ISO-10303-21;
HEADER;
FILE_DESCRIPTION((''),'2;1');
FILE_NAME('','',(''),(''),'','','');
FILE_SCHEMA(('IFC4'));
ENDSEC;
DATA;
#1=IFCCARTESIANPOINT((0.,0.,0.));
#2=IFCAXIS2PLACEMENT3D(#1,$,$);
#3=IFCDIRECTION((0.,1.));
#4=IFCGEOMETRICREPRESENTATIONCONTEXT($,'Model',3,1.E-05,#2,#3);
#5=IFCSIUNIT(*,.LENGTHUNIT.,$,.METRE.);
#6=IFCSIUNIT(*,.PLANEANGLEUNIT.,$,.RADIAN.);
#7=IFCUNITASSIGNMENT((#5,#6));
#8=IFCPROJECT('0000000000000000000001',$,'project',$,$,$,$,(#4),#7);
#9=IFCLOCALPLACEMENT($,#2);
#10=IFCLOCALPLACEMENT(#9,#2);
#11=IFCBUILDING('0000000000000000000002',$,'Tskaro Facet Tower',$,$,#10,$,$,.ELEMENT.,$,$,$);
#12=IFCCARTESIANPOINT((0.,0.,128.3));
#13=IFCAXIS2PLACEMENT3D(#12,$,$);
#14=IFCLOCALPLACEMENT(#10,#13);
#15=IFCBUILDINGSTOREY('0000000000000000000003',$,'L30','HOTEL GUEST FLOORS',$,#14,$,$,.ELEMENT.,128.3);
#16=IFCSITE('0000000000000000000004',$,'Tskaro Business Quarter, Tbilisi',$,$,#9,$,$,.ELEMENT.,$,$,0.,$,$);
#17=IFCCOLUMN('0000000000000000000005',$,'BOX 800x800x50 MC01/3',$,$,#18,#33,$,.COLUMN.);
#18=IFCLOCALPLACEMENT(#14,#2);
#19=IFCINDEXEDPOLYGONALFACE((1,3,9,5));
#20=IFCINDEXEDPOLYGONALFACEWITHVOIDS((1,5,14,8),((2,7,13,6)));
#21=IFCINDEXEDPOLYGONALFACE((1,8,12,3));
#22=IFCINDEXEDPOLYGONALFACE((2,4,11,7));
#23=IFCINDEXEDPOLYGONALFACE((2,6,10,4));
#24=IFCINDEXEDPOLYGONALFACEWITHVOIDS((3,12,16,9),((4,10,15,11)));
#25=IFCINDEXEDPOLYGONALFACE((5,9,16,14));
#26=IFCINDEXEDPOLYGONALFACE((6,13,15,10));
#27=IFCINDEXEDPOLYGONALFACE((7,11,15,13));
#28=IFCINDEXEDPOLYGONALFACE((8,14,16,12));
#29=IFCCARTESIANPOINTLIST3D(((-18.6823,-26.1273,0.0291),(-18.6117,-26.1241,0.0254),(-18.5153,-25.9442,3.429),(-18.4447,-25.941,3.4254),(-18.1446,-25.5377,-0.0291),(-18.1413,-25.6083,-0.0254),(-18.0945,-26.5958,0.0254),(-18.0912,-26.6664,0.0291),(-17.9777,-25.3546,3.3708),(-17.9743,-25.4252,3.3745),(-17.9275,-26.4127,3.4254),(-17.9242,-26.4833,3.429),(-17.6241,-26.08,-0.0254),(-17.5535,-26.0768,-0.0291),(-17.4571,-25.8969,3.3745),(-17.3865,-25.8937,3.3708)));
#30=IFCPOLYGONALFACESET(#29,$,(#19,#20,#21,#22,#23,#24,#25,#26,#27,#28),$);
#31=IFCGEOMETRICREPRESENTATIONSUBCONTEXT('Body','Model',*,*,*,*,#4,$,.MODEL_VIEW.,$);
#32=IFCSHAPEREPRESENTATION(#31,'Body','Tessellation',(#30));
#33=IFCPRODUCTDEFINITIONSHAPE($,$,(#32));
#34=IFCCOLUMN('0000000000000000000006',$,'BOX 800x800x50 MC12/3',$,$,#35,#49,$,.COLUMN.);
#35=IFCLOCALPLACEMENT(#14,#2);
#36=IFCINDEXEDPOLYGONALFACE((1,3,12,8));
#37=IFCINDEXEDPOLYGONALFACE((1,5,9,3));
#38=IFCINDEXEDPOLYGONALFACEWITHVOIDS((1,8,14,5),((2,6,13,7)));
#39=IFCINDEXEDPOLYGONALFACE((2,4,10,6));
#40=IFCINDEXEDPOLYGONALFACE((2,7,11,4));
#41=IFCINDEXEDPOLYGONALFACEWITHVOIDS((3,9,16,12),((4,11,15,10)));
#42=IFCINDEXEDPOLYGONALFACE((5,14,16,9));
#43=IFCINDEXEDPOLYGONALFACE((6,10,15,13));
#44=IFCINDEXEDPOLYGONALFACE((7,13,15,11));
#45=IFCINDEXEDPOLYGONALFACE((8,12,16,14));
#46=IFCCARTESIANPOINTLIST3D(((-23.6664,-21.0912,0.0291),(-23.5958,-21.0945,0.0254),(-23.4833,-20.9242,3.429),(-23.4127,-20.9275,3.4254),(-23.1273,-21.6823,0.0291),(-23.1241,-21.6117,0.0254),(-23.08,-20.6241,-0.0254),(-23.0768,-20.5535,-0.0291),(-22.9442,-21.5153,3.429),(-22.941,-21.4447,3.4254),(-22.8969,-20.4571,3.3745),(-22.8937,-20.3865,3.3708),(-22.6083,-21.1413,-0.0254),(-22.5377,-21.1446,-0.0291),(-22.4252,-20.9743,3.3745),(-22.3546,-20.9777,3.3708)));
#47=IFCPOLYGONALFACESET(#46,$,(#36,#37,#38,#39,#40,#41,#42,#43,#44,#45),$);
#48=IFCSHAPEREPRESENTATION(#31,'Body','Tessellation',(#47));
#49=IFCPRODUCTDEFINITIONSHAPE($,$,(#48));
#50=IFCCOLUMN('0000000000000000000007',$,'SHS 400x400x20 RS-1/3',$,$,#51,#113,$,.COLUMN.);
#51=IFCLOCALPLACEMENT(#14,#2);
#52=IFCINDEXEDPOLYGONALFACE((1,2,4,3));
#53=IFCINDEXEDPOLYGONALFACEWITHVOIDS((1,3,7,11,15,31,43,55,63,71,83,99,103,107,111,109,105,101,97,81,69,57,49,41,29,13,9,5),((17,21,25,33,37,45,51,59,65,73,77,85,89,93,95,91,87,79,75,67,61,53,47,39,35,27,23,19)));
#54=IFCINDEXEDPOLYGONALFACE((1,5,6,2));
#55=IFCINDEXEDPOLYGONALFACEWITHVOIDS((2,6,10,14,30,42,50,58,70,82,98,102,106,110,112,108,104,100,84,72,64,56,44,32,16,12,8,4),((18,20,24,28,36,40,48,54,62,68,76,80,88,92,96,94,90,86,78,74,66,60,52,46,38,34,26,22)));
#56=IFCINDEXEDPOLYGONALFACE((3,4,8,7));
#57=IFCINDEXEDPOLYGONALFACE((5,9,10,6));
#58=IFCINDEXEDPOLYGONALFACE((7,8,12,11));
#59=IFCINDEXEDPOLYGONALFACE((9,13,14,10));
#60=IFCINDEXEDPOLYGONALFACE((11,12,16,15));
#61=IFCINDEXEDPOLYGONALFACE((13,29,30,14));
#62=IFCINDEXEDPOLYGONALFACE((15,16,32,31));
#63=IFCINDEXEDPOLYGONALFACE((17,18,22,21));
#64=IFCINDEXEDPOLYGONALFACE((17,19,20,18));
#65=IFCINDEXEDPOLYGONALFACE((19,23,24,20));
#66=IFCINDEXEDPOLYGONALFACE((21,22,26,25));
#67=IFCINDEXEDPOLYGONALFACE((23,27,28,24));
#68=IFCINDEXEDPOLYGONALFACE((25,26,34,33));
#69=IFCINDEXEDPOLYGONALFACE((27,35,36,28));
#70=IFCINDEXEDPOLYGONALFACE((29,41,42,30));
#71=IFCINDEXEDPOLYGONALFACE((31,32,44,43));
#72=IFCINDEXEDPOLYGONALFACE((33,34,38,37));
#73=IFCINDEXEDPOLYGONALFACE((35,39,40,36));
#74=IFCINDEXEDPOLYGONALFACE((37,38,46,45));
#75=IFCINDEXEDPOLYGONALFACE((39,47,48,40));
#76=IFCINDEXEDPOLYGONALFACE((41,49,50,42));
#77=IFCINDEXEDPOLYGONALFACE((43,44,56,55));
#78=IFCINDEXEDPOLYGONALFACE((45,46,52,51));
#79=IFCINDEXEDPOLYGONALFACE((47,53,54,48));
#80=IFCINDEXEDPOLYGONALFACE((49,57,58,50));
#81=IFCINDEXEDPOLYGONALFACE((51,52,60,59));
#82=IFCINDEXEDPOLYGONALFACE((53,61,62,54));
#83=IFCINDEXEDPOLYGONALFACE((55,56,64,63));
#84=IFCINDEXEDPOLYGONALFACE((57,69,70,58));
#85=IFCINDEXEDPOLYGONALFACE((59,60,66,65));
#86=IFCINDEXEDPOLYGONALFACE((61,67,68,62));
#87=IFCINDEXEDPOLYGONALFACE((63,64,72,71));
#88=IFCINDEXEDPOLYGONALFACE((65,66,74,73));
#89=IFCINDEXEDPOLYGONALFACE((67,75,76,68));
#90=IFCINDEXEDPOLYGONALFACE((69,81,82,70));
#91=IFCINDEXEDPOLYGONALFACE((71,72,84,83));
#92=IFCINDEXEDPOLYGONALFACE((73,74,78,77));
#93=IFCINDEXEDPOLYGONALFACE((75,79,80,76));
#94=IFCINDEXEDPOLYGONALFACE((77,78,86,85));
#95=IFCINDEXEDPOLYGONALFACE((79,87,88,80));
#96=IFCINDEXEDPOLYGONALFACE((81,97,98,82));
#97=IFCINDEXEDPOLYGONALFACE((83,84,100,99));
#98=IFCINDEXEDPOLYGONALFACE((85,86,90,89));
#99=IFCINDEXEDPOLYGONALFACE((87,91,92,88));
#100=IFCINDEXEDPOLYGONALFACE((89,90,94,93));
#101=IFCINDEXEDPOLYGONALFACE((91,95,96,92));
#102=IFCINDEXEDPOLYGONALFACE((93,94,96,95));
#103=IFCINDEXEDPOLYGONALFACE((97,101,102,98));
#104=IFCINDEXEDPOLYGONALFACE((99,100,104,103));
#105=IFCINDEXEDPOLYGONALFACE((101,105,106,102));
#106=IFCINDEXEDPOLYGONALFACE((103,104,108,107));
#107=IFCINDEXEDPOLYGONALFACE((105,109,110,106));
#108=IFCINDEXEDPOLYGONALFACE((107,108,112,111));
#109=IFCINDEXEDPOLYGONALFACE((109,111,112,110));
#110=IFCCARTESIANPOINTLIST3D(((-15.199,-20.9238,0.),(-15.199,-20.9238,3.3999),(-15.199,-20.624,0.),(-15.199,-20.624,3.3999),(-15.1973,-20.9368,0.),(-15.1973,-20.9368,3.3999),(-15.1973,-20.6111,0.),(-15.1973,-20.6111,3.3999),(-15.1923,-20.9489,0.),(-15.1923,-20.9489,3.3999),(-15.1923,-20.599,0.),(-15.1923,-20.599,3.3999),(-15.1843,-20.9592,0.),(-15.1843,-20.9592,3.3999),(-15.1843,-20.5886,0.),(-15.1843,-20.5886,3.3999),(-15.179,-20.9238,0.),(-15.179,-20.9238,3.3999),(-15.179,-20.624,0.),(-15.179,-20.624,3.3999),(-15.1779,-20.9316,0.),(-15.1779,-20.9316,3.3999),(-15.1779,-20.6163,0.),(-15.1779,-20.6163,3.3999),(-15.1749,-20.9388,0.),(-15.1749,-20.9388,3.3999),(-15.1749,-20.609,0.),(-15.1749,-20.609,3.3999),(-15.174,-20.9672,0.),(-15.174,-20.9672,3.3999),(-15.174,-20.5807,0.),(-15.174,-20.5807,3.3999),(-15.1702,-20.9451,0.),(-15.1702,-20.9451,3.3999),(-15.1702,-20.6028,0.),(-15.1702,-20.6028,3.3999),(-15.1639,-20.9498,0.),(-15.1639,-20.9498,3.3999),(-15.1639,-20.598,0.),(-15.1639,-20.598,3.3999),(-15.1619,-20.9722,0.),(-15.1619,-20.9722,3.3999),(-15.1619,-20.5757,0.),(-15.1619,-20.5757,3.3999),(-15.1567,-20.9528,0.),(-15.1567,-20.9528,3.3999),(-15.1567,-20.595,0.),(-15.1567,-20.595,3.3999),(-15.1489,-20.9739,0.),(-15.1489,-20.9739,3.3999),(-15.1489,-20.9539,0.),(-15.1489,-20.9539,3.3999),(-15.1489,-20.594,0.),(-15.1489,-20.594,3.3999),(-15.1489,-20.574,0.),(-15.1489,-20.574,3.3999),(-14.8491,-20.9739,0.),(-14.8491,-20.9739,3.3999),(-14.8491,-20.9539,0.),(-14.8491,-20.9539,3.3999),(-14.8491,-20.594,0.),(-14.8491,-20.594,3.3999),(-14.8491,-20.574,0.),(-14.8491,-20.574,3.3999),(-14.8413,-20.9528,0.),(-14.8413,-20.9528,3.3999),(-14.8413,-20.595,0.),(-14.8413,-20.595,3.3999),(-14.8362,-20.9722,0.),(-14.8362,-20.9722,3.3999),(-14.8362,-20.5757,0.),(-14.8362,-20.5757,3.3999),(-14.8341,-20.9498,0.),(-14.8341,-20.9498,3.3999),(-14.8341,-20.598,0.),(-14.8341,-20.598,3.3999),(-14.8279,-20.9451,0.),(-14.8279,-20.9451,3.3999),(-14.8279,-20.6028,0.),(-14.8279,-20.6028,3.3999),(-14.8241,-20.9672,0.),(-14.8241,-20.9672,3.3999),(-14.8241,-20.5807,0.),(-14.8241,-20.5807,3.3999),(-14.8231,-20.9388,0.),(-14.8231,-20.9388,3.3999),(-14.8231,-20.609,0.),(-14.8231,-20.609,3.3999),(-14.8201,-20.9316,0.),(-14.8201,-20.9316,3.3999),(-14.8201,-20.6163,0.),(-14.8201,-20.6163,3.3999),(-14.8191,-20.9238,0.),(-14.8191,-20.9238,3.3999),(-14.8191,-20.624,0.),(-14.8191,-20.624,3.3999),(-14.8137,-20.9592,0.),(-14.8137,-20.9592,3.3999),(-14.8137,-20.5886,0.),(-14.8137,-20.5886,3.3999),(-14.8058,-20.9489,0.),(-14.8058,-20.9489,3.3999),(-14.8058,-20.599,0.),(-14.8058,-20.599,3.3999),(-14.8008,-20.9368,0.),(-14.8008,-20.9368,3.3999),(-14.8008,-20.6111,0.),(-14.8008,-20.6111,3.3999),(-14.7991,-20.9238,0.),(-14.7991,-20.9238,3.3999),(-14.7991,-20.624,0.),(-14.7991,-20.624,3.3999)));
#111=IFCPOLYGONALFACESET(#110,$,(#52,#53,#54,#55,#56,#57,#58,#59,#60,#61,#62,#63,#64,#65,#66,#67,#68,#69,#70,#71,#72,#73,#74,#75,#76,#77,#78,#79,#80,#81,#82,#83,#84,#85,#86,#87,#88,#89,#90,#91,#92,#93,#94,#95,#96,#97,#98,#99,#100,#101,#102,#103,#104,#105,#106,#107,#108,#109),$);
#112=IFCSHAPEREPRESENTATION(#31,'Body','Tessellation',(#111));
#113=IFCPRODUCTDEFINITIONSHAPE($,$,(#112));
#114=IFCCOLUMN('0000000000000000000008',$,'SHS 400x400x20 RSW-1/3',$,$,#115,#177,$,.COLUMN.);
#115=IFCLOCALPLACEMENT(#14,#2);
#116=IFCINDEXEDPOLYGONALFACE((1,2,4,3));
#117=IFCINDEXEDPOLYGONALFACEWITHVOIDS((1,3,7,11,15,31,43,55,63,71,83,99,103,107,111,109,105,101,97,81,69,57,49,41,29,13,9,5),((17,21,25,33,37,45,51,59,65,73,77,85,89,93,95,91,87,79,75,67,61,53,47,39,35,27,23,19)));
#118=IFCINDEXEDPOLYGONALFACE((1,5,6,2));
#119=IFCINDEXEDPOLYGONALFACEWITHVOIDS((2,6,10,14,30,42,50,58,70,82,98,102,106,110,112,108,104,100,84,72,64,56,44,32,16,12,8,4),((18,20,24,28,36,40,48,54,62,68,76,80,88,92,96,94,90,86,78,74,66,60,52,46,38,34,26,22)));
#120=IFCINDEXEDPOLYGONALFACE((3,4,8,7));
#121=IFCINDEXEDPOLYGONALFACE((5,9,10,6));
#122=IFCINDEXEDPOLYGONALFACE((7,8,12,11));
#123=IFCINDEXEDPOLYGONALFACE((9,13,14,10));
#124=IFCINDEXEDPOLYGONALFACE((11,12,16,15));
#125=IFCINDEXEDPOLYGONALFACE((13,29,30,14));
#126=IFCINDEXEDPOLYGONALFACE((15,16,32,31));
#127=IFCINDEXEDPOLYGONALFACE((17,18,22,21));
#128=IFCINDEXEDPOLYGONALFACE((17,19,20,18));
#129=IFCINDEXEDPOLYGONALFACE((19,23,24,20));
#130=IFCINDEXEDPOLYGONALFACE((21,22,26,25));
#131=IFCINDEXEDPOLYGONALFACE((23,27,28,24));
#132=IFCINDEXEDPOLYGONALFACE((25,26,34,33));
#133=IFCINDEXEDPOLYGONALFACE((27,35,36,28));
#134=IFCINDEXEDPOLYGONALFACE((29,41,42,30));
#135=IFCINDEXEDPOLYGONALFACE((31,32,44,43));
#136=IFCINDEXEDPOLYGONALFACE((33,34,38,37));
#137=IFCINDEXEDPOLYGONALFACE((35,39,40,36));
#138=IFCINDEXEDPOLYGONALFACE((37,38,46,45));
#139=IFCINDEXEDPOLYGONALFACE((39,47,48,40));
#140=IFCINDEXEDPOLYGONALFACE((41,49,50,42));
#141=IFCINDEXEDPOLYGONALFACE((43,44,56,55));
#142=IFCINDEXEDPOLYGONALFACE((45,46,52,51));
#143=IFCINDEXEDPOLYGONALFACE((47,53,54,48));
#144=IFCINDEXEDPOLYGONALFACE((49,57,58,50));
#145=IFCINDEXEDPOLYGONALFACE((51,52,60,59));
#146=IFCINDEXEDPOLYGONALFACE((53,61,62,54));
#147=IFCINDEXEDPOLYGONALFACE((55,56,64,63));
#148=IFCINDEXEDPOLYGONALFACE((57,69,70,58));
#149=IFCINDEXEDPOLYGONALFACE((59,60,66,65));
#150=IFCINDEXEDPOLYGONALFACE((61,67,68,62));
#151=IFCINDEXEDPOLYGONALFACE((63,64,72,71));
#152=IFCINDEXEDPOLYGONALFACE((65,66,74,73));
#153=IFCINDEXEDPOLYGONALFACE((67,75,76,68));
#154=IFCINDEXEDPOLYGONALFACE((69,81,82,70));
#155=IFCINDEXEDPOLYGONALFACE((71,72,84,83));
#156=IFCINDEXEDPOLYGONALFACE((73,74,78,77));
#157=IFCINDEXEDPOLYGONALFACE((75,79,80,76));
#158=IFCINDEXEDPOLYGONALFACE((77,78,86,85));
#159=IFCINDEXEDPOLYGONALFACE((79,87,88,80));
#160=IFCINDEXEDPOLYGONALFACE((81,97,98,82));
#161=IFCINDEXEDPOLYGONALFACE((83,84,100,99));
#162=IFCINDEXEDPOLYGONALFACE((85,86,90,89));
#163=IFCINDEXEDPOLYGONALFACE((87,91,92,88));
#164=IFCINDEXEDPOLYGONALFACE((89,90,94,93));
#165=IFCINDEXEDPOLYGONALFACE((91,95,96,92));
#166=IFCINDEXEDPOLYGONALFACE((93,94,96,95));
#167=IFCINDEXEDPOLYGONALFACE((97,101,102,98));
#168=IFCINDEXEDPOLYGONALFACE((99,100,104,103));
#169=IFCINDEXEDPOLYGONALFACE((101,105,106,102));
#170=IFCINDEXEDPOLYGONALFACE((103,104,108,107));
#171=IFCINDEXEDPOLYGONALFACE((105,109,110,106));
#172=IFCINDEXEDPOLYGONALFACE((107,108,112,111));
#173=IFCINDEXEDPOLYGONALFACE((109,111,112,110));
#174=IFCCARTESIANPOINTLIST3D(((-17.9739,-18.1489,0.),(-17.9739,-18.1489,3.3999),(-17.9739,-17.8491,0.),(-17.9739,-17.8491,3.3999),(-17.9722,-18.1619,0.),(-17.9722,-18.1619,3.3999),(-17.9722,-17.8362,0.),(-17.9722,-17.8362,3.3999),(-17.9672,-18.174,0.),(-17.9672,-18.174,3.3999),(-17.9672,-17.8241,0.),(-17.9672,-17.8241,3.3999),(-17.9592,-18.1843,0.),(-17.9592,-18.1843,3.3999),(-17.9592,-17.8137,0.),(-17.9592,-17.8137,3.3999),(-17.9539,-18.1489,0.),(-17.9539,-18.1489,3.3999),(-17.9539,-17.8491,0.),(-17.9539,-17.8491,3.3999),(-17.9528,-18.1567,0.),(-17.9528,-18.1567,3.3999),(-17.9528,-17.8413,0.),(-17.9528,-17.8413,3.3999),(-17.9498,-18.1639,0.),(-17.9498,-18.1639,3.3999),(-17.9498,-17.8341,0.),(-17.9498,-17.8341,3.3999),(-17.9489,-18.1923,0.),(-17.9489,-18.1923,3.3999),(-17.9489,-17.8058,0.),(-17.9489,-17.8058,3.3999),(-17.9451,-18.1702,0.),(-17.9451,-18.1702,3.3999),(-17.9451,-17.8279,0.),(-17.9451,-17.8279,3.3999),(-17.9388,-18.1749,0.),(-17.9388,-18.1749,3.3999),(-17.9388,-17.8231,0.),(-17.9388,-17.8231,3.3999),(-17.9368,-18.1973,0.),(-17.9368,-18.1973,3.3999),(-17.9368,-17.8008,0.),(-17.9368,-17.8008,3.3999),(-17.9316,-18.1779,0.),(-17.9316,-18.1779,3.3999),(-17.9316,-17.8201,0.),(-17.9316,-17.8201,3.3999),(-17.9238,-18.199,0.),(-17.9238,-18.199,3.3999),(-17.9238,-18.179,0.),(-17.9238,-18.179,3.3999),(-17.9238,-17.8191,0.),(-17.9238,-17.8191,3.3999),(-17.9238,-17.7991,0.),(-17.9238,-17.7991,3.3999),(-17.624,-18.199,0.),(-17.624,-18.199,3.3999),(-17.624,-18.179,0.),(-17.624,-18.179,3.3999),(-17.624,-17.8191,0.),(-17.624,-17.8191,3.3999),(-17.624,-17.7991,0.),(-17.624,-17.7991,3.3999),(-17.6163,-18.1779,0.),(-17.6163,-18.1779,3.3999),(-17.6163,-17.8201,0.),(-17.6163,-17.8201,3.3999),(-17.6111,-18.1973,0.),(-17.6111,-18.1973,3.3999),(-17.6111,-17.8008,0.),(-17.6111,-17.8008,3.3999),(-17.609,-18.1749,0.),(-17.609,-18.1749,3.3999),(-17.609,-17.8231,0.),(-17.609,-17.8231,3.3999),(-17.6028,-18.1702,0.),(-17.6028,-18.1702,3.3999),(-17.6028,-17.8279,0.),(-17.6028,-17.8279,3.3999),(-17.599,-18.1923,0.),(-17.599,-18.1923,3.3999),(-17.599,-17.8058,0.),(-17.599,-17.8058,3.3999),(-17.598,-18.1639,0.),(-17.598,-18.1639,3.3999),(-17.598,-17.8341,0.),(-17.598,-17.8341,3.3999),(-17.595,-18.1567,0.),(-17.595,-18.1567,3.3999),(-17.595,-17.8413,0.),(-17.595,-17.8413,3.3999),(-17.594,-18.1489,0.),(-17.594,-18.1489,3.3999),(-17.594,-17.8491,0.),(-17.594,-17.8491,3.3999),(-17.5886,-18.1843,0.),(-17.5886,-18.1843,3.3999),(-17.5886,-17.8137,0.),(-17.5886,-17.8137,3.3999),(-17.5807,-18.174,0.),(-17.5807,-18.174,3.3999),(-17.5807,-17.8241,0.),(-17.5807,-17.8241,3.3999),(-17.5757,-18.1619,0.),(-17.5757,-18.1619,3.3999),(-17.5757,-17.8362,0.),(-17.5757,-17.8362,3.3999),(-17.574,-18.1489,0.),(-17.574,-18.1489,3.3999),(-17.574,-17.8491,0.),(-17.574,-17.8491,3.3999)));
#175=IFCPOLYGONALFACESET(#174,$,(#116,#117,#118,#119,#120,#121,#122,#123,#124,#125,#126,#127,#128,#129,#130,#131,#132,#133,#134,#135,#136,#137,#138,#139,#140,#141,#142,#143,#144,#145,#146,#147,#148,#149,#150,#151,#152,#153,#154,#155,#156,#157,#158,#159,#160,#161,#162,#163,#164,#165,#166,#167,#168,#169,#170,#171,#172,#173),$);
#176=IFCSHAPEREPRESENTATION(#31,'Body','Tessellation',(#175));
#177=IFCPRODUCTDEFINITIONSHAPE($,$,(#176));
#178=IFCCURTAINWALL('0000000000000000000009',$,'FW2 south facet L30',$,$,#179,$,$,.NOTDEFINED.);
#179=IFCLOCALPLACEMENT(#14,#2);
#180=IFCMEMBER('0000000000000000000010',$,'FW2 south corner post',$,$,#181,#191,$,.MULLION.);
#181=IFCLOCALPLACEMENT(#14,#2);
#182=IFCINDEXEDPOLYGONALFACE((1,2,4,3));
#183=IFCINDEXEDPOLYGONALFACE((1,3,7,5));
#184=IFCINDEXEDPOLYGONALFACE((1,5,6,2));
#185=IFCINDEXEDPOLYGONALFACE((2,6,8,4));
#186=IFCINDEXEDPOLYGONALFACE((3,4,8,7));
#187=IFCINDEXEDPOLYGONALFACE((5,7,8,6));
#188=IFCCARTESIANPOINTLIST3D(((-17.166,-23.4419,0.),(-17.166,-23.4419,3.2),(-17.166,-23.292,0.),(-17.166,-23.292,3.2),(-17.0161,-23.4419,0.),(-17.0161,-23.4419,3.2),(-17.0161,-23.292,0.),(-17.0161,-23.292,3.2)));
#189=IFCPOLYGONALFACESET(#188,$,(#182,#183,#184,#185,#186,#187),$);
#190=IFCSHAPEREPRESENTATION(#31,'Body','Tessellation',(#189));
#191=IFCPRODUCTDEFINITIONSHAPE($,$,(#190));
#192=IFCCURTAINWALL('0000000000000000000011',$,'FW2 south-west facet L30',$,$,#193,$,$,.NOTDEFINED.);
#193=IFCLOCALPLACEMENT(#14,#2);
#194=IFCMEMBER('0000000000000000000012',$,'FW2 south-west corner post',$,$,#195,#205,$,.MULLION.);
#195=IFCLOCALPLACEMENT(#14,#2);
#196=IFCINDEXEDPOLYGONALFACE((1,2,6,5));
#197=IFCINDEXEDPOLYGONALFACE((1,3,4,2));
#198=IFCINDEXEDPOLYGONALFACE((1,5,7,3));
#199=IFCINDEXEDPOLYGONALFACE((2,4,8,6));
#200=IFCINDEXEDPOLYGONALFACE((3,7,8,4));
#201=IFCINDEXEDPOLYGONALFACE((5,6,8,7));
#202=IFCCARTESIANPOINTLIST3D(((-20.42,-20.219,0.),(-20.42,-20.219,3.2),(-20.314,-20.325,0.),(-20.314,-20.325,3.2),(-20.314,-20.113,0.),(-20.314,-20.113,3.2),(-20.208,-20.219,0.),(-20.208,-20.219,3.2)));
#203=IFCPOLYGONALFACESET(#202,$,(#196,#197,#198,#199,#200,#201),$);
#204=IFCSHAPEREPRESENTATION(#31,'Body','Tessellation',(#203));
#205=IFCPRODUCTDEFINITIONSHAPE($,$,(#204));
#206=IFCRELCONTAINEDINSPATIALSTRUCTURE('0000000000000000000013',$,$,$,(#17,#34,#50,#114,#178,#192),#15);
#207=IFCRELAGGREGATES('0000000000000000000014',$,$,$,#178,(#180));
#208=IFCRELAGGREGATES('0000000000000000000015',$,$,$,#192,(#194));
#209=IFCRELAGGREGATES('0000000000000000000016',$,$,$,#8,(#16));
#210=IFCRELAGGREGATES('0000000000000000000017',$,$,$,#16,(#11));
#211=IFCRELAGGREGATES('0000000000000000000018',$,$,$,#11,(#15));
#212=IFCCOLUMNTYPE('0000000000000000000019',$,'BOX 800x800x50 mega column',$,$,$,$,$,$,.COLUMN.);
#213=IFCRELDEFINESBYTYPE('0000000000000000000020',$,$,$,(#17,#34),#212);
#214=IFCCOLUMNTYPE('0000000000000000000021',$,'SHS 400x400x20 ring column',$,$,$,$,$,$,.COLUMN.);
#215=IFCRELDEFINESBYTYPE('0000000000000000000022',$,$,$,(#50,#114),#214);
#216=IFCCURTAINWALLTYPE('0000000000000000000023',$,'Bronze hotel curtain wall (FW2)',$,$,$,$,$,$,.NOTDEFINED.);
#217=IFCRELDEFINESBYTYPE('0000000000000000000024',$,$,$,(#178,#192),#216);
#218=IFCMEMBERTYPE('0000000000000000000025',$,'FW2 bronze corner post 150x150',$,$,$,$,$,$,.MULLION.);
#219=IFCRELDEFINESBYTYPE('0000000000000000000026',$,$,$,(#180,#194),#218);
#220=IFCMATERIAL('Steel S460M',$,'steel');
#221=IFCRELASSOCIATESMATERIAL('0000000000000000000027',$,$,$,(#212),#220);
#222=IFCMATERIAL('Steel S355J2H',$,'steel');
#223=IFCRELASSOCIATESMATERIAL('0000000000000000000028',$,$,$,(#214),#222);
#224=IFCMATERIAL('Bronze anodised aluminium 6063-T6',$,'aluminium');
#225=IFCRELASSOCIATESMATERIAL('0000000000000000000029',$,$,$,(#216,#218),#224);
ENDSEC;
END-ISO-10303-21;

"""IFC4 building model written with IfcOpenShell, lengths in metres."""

from ifc_helpers import new_model, si_unit, direction, frame, origin, origin_2d, place, context, subcontext, project, spatial, rectangle, hollow_rectangle, extrude, material, material_profile, profile_set, type_object, element, aggregate, save


model = new_model("IFC4")

# Units and contexts
model_context = context("Model", 3, precision=1e-05, world=origin(), true_north=direction((0.0, 1.0)))
body_context = subcontext(model_context, "Body", "Model", "MODEL_VIEW")
ifc_project = project(units=[si_unit("LENGTHUNIT", "METRE"), si_unit("PLANEANGLEUNIT", "RADIAN")], contexts=[model_context])

# Site, building, storey
site_placement = place(None, origin())
site = spatial("IfcSite", under=ifc_project, at=site_placement, Name="Tskaro Business Quarter, Tbilisi", CompositionType="ELEMENT", RefElevation=0.0)
building_placement = place(site_placement, origin())
building = spatial("IfcBuilding", under=site, at=building_placement, Name="Tskaro Facet Tower", CompositionType="ELEMENT")
storey_placement = place(building_placement, frame((0.0, 0.0, 128.3)))
storey = spatial("IfcBuildingStorey", under=building, at=storey_placement, Name="L30", Description="HOTEL GUEST FLOORS", CompositionType="ELEMENT", Elevation=128.3)

# Columns
ifc_material_1 = material(Name="Steel S460M", Category="steel")
ifc_material_profile_1 = material_profile(ifc_material_1, hollow_rectangle(XDim=0.8, YDim=0.8, WallThickness=0.05, at=origin_2d()), Name="BOX 800x800x50")
ifc_profile_set_1 = profile_set([ifc_material_profile_1], Name="Steel S460M")
column_type_1 = type_object("IfcColumnType", Name="BOX 800x800x50 mega column", PredefinedType="COLUMN", material=ifc_profile_set_1)
for number, where, z_axis, x_axis, name in (
    (1, (-18.1179, -26.1021, 0.0), (0.048987, 0.053714, 0.997354), (-0.738869, 0.673849, 0.0), "BOX 800x800x50 MC01/3"),
    (2, (-23.1021, -21.1179, 0.0), (0.053714, 0.048987, 0.997354), (-0.673849, 0.738869, 0.0), "BOX 800x800x50 MC12/3"),
):
    element("IfcColumn", number, at=place(storey_placement, frame(where, z_axis=z_axis, x_axis=x_axis)), inside=storey, type_object=column_type_1, Name=name, PredefinedType="COLUMN", context=body_context, shape_type="SweptSolid", body=[
        extrude(hollow_rectangle(XDim=0.8, YDim=0.8, WallThickness=0.05, at=origin_2d()), origin(), (0.0, 0.0, 1.0), 3.4089),
    ])
ifc_material_2 = material(Name="Steel S355J2H", Category="steel")
ifc_material_profile_2 = material_profile(ifc_material_2, hollow_rectangle(XDim=0.3999, YDim=0.3999, WallThickness=0.02, InnerFilletRadius=0.03, OuterFilletRadius=0.05, at=origin_2d()), Name="SHS 400x400x20")
ifc_profile_set_2 = profile_set([ifc_material_profile_2], Name="Steel S355J2H")
column_type_2 = type_object("IfcColumnType", Name="SHS 400x400x20 ring column", PredefinedType="COLUMN", material=ifc_profile_set_2)
for number, where, z_axis, x_axis, name in (
    (3, (-14.999, -20.7739, 0.0), (0.0, 0.0, 1.0), (1.0, 0.0, 0.0), "SHS 400x400x20 RS-1/3"),
    (4, (-17.7739, -17.999, 0.0), (0.0, 0.0, 1.0), (1.0, 0.0, 0.0), "SHS 400x400x20 RSW-1/3"),
):
    element("IfcColumn", number, at=place(storey_placement, frame(where, z_axis=z_axis, x_axis=x_axis)), inside=storey, type_object=column_type_2, Name=name, PredefinedType="COLUMN", context=body_context, shape_type="SweptSolid", body=[
        extrude(hollow_rectangle(XDim=0.3999, YDim=0.3999, WallThickness=0.02, InnerFilletRadius=0.03, OuterFilletRadius=0.05, at=origin_2d()), origin(), (0.0, 0.0, 1.0), 3.3999),
    ])

# Curtain walls, members
ifc_material_3 = material(Name="Bronze anodised aluminium 6063-T6", Category="aluminium")
curtain_wall_type = type_object("IfcCurtainWallType", Name="Bronze hotel curtain wall (FW2)", PredefinedType="NOTDEFINED", material=ifc_material_3)
curtain_wall_1_placement = place(storey_placement, origin())
curtain_wall_1 = element("IfcCurtainWall", 5, at=curtain_wall_1_placement, inside=storey, type_object=curtain_wall_type, Name="FW2 south facet L30", PredefinedType="NOTDEFINED")
ifc_material_profile_3 = material_profile(ifc_material_3, rectangle(XDim=0.1499, YDim=0.1499, at=origin_2d()), Name="Corner post 150x150")
ifc_profile_set_3 = profile_set([ifc_material_profile_3], Name="Bronze anodised aluminium 6063-T6")
member_type_1 = type_object("IfcMemberType", Name="FW2 bronze corner post 150x150", PredefinedType="MULLION", material=ifc_profile_set_3)
member_1_placement = place(storey_placement, frame((-17.0911, -23.3669, 0.0), z_axis=(0.0, 0.0, 1.0), x_axis=(1.0, 0.0, 0.0)))
member_1 = element("IfcMember", 6, at=member_1_placement, type_object=member_type_1, Name="FW2 south corner post", PredefinedType="MULLION", context=body_context, shape_type="SweptSolid", body=[
    extrude(rectangle(XDim=0.1499, YDim=0.1499, at=origin_2d()), origin(), (0.0, 0.0, 1.0), 3.2),
])
curtain_wall_2_placement = place(storey_placement, origin())
curtain_wall_2 = element("IfcCurtainWall", 7, at=curtain_wall_2_placement, inside=storey, type_object=curtain_wall_type, Name="FW2 south-west facet L30", PredefinedType="NOTDEFINED")
member_2_placement = place(storey_placement, frame((-20.314, -20.219, 0.0), z_axis=(0.0, 0.0, 1.0), x_axis=(0.707107, -0.707107, 0.0)))
member_2 = element("IfcMember", 8, at=member_2_placement, type_object=member_type_1, Name="FW2 south-west corner post", PredefinedType="MULLION", context=body_context, shape_type="SweptSolid", body=[
    extrude(rectangle(XDim=0.1499, YDim=0.1499, at=origin_2d()), origin(), (0.0, 0.0, 1.0), 3.2),
])

aggregate(curtain_wall_1, [member_1])
aggregate(curtain_wall_2, [member_2])

save(model, "model.ifc")
